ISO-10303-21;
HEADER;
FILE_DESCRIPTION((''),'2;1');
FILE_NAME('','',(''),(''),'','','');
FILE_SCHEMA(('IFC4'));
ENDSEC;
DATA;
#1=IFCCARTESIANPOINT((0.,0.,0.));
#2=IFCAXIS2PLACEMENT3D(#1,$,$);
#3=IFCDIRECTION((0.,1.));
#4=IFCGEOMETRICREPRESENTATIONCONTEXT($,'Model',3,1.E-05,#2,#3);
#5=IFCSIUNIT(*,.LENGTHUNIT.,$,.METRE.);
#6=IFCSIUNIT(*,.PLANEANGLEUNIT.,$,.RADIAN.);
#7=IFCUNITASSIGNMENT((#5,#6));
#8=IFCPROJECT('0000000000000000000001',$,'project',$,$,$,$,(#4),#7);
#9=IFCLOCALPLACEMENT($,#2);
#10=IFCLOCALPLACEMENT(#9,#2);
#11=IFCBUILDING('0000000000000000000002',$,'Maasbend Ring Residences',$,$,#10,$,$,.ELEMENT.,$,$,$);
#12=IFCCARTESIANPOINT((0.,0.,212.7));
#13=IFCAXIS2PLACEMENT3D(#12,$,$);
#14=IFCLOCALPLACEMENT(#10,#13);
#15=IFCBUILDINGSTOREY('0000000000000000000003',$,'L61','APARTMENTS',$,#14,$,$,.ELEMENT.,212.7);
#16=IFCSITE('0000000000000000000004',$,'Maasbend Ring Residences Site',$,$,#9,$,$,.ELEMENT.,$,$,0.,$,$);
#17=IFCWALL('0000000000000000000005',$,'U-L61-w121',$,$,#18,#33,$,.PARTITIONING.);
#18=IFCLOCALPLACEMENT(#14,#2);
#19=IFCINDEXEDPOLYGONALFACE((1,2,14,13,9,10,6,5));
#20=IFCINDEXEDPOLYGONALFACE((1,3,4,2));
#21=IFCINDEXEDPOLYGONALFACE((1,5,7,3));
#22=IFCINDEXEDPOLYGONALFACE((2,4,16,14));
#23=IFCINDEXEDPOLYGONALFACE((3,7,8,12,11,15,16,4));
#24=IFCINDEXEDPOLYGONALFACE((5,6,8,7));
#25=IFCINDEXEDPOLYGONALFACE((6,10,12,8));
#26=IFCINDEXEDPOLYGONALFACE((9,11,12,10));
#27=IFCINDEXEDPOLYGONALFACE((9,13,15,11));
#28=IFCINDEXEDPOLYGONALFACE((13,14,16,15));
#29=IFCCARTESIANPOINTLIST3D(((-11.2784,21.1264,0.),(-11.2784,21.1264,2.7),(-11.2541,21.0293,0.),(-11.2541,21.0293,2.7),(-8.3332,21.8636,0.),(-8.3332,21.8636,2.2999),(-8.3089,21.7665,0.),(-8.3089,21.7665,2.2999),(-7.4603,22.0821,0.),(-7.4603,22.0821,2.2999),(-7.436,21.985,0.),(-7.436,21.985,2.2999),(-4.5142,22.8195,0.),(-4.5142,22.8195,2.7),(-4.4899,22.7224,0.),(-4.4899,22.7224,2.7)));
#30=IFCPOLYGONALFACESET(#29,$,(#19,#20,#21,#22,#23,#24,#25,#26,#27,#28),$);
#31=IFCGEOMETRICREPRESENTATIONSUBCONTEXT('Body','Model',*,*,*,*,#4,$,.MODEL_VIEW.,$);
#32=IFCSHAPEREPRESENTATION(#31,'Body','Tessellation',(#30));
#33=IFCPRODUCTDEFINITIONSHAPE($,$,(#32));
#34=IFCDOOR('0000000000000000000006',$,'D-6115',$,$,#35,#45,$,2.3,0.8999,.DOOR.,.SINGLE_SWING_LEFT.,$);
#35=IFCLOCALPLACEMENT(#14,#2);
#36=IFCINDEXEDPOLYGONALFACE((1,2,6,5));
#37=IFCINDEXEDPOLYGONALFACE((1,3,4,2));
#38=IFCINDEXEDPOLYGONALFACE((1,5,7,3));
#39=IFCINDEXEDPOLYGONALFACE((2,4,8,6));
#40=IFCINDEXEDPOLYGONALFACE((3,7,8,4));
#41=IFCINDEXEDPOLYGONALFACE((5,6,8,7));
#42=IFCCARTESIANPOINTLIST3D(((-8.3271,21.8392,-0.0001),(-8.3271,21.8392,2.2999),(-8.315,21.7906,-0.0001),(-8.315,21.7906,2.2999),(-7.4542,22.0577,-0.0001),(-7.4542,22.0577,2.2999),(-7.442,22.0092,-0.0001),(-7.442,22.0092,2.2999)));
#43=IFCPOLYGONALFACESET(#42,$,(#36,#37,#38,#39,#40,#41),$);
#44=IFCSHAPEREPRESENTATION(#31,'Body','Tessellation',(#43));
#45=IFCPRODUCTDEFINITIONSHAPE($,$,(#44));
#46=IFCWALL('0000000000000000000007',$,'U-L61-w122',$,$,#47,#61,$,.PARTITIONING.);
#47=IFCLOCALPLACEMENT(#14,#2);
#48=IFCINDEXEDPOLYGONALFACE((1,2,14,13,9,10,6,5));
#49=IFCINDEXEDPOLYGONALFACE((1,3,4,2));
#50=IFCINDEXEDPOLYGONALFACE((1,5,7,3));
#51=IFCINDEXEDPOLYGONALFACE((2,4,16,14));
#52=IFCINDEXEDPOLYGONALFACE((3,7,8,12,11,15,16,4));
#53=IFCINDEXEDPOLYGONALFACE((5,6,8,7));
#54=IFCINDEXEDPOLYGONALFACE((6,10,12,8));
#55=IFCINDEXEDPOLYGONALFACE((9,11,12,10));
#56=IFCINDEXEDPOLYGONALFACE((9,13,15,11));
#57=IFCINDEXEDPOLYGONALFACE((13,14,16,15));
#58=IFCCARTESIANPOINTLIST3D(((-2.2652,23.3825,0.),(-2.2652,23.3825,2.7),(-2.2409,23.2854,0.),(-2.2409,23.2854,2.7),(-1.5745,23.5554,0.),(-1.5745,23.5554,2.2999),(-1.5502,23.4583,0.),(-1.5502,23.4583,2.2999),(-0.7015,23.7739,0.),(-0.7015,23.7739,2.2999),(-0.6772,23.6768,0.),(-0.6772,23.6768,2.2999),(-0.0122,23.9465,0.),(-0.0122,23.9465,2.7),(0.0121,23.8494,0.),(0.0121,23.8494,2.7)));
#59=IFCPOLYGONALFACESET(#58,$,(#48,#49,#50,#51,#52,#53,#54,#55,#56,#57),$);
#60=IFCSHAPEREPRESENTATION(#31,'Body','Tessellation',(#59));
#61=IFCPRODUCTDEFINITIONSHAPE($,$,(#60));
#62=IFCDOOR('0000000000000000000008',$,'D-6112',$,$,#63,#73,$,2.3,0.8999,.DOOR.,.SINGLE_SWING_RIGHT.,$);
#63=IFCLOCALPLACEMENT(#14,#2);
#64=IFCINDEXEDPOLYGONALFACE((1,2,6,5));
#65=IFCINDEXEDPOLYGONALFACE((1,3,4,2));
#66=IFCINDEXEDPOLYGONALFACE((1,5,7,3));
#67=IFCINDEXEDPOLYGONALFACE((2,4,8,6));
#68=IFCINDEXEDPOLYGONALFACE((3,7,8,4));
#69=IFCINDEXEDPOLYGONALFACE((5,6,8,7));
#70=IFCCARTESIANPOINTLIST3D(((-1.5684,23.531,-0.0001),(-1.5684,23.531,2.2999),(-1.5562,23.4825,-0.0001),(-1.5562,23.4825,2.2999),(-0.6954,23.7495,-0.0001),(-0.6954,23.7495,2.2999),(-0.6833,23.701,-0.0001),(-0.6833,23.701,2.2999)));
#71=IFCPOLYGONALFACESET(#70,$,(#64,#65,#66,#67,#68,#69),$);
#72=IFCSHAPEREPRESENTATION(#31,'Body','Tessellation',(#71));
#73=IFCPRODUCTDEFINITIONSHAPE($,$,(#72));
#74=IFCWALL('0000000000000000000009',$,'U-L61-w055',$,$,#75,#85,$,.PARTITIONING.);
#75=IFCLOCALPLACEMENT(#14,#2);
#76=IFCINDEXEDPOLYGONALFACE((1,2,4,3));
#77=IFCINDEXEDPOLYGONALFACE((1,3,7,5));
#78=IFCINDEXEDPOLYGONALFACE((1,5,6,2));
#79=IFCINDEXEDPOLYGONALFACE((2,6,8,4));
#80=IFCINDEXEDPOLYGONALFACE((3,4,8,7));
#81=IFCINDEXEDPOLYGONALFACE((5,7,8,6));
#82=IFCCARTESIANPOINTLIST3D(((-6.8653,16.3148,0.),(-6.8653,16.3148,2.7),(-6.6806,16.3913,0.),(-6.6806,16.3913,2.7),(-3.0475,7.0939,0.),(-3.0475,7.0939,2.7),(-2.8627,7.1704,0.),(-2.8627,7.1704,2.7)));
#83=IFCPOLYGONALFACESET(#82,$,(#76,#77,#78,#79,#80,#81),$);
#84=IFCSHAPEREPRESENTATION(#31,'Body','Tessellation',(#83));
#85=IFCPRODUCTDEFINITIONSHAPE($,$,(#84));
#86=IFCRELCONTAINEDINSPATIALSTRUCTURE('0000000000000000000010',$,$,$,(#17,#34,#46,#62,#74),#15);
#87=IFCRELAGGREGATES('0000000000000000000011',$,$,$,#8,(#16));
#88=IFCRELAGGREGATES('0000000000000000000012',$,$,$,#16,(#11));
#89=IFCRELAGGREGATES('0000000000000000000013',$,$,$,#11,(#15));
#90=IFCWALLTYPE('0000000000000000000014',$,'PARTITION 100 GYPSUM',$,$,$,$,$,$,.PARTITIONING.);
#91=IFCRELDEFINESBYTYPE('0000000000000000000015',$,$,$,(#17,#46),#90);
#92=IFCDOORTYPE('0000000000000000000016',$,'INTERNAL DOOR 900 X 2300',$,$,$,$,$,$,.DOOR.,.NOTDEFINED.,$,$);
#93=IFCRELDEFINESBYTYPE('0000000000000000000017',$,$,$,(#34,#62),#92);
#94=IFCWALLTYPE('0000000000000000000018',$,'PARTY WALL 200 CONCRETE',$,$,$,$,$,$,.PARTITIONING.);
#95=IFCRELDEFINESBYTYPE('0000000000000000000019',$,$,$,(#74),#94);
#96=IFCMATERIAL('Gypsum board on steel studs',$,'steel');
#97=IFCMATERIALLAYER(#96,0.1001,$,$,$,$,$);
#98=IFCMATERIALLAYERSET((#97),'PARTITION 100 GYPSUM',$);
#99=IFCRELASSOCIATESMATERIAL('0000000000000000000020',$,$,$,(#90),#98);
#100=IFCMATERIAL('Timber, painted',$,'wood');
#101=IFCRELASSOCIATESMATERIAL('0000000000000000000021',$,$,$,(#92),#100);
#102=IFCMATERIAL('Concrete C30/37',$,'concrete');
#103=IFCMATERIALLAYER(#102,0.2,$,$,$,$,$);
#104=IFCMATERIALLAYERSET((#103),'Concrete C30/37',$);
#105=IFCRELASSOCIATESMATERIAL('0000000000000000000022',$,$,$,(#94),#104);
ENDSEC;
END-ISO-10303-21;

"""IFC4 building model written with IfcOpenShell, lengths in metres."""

from ifc_helpers import new_model, si_unit, direction, frame, frame_2d, origin, place, context, subcontext, project, spatial, rectangle, extrude, material, layer, layer_set, type_object, element, fill, save


model = new_model("IFC4")

# Units and contexts
model_context = context("Model", 3, precision=1e-05, world=origin(), true_north=direction((0.0, 1.0)))
body_context = subcontext(model_context, "Body", "Model", "MODEL_VIEW")
ifc_project = project(units=[si_unit("LENGTHUNIT", "METRE"), si_unit("PLANEANGLEUNIT", "RADIAN")], contexts=[model_context])

# Site, building, storey
site_placement = place(None, origin())
site = spatial("IfcSite", under=ifc_project, at=site_placement, Name="Maasbend Ring Residences Site", CompositionType="ELEMENT", RefElevation=0.0)
building_placement = place(site_placement, origin())
building = spatial("IfcBuilding", under=site, at=building_placement, Name="Maasbend Ring Residences", CompositionType="ELEMENT")
storey_placement = place(building_placement, frame((0.0, 0.0, 212.7)))
storey = spatial("IfcBuildingStorey", under=building, at=storey_placement, Name="L61", Description="APARTMENTS", CompositionType="ELEMENT", Elevation=212.7)

# Shared definitions
ifc_material_1 = material(Name="Gypsum board on steel studs", Category="steel")
ifc_layer_1 = layer(ifc_material_1, 0.1001)
ifc_layer_set_1 = layer_set([ifc_layer_1], Name="PARTITION 100 GYPSUM")
wall_type_1 = type_object("IfcWallType", Name="PARTITION 100 GYPSUM", PredefinedType="PARTITIONING", material=ifc_layer_set_1)
ifc_material_2 = material(Name="Timber, painted", Category="wood")
door_type_1 = type_object("IfcDoorType", Name="INTERNAL DOOR 900 X 2300", OperationType="NOTDEFINED", PredefinedType="DOOR", material=ifc_material_2)

# Walls, openings, doors
wall_1_placement = place(storey_placement, frame((-11.2661, 21.0779, 0.0), z_axis=(0.0, 0.0, 1.0), x_axis=(0.970072, 0.242816, 0.0)))
wall_1 = element("IfcWall", 1, at=wall_1_placement, inside=storey, type_object=wall_type_1, Name="U-L61-w121", PredefinedType="PARTITIONING", context=body_context, shape_type="SweptSolid", body=[
    extrude(rectangle(XDim=6.9729, YDim=0.1001, at=frame_2d((3.4863, 0.0))), origin(), (0.0, 0.0, 1.0), 2.7),
])
opening_1_placement = place(wall_1_placement, frame((3.0359, 0.0, 0.0)))
opening_1 = element("IfcOpeningElement", 2, at=opening_1_placement, cuts=wall_1, PredefinedType="OPENING", context=body_context, shape_type="SweptSolid", body=[
    extrude(rectangle(XDim=0.8999, YDim=2.3, at=frame_2d((0.45, 1.1499))), frame((0.0, 0.0601, 0.0), z_axis=(0.0, -1.0, 0.0), x_axis=(1.0, 0.0, 0.0)), (0.0, 0.0, 1.0), 0.1201),
])
door_1_placement = place(opening_1_placement, origin())
door_1 = element("IfcDoor", 3, at=door_1_placement, inside=storey, type_object=door_type_1, Name="D-6115", OperationType="SINGLE_SWING_LEFT", OverallHeight=2.3, OverallWidth=0.8999, PredefinedType="DOOR", context=body_context, shape_type="SweptSolid", body=[
    extrude(rectangle(XDim=0.8999, YDim=2.3, at=frame_2d((0.45, 1.1499))), frame((0.0, 0.0249, 0.0), z_axis=(0.0, -1.0, 0.0), x_axis=(1.0, 0.0, 0.0)), (0.0, 0.0, 1.0), 0.05),
])
fill(opening_1, door_1)
wall_2_placement = place(storey_placement, frame((-2.2529, 23.334, 0.0), z_axis=(0.0, 0.0, 1.0), x_axis=(0.970068, 0.242832, 0.0)))
wall_2 = element("IfcWall", 4, at=wall_2_placement, inside=storey, type_object=wall_type_1, Name="U-L61-w122", PredefinedType="PARTITIONING", context=body_context, shape_type="SweptSolid", body=[
    extrude(rectangle(XDim=2.3225, YDim=0.1001, at=frame_2d((1.1611, 0.0))), origin(), (0.0, 0.0, 1.0), 2.7),
])
opening_2_placement = place(wall_2_placement, frame((0.7119, 0.0, 0.0)))
opening_2 = element("IfcOpeningElement", 5, at=opening_2_placement, cuts=wall_2, PredefinedType="OPENING", context=body_context, shape_type="SweptSolid", body=[
    extrude(rectangle(XDim=0.8999, YDim=2.3, at=frame_2d((0.45, 1.1499))), frame((0.0, 0.0601, 0.0), z_axis=(0.0, -1.0, 0.0), x_axis=(1.0, 0.0, 0.0)), (0.0, 0.0, 1.0), 0.1201),
])
door_2_placement = place(opening_2_placement, origin())
door_2 = element("IfcDoor", 6, at=door_2_placement, inside=storey, type_object=door_type_1, Name="D-6112", OperationType="SINGLE_SWING_RIGHT", OverallHeight=2.3, OverallWidth=0.8999, PredefinedType="DOOR", context=body_context, shape_type="SweptSolid", body=[
    extrude(rectangle(XDim=0.8999, YDim=2.3, at=frame_2d((0.45, 1.1499))), frame((0.0, 0.0249, 0.0), z_axis=(0.0, -1.0, 0.0), x_axis=(1.0, 0.0, 0.0)), (0.0, 0.0, 1.0), 0.05),
])
fill(opening_2, door_2)

# Wall
ifc_material_3 = material(Name="Concrete C30/37", Category="concrete")
ifc_layer_2 = layer(ifc_material_3, 0.2)
ifc_layer_set_2 = layer_set([ifc_layer_2], Name="Concrete C30/37")
wall_type_2 = type_object("IfcWallType", Name="PARTY WALL 200 CONCRETE", PredefinedType="PARTITIONING", material=ifc_layer_set_2)
wall_3_placement = place(storey_placement, frame((-6.7729, 16.353, 0.0), z_axis=(0.0, 0.0, 1.0), x_axis=(0.382549, -0.923935, 0.0)))
element("IfcWall", 7, at=wall_3_placement, inside=storey, type_object=wall_type_2, Name="U-L61-w055", PredefinedType="PARTITIONING", context=body_context, shape_type="SweptSolid", body=[
    extrude(rectangle(XDim=9.98, YDim=0.2, at=frame_2d((4.99, 0.0))), origin(), (0.0, 0.0, 1.0), 2.7),
])

save(model, "model.ifc")
